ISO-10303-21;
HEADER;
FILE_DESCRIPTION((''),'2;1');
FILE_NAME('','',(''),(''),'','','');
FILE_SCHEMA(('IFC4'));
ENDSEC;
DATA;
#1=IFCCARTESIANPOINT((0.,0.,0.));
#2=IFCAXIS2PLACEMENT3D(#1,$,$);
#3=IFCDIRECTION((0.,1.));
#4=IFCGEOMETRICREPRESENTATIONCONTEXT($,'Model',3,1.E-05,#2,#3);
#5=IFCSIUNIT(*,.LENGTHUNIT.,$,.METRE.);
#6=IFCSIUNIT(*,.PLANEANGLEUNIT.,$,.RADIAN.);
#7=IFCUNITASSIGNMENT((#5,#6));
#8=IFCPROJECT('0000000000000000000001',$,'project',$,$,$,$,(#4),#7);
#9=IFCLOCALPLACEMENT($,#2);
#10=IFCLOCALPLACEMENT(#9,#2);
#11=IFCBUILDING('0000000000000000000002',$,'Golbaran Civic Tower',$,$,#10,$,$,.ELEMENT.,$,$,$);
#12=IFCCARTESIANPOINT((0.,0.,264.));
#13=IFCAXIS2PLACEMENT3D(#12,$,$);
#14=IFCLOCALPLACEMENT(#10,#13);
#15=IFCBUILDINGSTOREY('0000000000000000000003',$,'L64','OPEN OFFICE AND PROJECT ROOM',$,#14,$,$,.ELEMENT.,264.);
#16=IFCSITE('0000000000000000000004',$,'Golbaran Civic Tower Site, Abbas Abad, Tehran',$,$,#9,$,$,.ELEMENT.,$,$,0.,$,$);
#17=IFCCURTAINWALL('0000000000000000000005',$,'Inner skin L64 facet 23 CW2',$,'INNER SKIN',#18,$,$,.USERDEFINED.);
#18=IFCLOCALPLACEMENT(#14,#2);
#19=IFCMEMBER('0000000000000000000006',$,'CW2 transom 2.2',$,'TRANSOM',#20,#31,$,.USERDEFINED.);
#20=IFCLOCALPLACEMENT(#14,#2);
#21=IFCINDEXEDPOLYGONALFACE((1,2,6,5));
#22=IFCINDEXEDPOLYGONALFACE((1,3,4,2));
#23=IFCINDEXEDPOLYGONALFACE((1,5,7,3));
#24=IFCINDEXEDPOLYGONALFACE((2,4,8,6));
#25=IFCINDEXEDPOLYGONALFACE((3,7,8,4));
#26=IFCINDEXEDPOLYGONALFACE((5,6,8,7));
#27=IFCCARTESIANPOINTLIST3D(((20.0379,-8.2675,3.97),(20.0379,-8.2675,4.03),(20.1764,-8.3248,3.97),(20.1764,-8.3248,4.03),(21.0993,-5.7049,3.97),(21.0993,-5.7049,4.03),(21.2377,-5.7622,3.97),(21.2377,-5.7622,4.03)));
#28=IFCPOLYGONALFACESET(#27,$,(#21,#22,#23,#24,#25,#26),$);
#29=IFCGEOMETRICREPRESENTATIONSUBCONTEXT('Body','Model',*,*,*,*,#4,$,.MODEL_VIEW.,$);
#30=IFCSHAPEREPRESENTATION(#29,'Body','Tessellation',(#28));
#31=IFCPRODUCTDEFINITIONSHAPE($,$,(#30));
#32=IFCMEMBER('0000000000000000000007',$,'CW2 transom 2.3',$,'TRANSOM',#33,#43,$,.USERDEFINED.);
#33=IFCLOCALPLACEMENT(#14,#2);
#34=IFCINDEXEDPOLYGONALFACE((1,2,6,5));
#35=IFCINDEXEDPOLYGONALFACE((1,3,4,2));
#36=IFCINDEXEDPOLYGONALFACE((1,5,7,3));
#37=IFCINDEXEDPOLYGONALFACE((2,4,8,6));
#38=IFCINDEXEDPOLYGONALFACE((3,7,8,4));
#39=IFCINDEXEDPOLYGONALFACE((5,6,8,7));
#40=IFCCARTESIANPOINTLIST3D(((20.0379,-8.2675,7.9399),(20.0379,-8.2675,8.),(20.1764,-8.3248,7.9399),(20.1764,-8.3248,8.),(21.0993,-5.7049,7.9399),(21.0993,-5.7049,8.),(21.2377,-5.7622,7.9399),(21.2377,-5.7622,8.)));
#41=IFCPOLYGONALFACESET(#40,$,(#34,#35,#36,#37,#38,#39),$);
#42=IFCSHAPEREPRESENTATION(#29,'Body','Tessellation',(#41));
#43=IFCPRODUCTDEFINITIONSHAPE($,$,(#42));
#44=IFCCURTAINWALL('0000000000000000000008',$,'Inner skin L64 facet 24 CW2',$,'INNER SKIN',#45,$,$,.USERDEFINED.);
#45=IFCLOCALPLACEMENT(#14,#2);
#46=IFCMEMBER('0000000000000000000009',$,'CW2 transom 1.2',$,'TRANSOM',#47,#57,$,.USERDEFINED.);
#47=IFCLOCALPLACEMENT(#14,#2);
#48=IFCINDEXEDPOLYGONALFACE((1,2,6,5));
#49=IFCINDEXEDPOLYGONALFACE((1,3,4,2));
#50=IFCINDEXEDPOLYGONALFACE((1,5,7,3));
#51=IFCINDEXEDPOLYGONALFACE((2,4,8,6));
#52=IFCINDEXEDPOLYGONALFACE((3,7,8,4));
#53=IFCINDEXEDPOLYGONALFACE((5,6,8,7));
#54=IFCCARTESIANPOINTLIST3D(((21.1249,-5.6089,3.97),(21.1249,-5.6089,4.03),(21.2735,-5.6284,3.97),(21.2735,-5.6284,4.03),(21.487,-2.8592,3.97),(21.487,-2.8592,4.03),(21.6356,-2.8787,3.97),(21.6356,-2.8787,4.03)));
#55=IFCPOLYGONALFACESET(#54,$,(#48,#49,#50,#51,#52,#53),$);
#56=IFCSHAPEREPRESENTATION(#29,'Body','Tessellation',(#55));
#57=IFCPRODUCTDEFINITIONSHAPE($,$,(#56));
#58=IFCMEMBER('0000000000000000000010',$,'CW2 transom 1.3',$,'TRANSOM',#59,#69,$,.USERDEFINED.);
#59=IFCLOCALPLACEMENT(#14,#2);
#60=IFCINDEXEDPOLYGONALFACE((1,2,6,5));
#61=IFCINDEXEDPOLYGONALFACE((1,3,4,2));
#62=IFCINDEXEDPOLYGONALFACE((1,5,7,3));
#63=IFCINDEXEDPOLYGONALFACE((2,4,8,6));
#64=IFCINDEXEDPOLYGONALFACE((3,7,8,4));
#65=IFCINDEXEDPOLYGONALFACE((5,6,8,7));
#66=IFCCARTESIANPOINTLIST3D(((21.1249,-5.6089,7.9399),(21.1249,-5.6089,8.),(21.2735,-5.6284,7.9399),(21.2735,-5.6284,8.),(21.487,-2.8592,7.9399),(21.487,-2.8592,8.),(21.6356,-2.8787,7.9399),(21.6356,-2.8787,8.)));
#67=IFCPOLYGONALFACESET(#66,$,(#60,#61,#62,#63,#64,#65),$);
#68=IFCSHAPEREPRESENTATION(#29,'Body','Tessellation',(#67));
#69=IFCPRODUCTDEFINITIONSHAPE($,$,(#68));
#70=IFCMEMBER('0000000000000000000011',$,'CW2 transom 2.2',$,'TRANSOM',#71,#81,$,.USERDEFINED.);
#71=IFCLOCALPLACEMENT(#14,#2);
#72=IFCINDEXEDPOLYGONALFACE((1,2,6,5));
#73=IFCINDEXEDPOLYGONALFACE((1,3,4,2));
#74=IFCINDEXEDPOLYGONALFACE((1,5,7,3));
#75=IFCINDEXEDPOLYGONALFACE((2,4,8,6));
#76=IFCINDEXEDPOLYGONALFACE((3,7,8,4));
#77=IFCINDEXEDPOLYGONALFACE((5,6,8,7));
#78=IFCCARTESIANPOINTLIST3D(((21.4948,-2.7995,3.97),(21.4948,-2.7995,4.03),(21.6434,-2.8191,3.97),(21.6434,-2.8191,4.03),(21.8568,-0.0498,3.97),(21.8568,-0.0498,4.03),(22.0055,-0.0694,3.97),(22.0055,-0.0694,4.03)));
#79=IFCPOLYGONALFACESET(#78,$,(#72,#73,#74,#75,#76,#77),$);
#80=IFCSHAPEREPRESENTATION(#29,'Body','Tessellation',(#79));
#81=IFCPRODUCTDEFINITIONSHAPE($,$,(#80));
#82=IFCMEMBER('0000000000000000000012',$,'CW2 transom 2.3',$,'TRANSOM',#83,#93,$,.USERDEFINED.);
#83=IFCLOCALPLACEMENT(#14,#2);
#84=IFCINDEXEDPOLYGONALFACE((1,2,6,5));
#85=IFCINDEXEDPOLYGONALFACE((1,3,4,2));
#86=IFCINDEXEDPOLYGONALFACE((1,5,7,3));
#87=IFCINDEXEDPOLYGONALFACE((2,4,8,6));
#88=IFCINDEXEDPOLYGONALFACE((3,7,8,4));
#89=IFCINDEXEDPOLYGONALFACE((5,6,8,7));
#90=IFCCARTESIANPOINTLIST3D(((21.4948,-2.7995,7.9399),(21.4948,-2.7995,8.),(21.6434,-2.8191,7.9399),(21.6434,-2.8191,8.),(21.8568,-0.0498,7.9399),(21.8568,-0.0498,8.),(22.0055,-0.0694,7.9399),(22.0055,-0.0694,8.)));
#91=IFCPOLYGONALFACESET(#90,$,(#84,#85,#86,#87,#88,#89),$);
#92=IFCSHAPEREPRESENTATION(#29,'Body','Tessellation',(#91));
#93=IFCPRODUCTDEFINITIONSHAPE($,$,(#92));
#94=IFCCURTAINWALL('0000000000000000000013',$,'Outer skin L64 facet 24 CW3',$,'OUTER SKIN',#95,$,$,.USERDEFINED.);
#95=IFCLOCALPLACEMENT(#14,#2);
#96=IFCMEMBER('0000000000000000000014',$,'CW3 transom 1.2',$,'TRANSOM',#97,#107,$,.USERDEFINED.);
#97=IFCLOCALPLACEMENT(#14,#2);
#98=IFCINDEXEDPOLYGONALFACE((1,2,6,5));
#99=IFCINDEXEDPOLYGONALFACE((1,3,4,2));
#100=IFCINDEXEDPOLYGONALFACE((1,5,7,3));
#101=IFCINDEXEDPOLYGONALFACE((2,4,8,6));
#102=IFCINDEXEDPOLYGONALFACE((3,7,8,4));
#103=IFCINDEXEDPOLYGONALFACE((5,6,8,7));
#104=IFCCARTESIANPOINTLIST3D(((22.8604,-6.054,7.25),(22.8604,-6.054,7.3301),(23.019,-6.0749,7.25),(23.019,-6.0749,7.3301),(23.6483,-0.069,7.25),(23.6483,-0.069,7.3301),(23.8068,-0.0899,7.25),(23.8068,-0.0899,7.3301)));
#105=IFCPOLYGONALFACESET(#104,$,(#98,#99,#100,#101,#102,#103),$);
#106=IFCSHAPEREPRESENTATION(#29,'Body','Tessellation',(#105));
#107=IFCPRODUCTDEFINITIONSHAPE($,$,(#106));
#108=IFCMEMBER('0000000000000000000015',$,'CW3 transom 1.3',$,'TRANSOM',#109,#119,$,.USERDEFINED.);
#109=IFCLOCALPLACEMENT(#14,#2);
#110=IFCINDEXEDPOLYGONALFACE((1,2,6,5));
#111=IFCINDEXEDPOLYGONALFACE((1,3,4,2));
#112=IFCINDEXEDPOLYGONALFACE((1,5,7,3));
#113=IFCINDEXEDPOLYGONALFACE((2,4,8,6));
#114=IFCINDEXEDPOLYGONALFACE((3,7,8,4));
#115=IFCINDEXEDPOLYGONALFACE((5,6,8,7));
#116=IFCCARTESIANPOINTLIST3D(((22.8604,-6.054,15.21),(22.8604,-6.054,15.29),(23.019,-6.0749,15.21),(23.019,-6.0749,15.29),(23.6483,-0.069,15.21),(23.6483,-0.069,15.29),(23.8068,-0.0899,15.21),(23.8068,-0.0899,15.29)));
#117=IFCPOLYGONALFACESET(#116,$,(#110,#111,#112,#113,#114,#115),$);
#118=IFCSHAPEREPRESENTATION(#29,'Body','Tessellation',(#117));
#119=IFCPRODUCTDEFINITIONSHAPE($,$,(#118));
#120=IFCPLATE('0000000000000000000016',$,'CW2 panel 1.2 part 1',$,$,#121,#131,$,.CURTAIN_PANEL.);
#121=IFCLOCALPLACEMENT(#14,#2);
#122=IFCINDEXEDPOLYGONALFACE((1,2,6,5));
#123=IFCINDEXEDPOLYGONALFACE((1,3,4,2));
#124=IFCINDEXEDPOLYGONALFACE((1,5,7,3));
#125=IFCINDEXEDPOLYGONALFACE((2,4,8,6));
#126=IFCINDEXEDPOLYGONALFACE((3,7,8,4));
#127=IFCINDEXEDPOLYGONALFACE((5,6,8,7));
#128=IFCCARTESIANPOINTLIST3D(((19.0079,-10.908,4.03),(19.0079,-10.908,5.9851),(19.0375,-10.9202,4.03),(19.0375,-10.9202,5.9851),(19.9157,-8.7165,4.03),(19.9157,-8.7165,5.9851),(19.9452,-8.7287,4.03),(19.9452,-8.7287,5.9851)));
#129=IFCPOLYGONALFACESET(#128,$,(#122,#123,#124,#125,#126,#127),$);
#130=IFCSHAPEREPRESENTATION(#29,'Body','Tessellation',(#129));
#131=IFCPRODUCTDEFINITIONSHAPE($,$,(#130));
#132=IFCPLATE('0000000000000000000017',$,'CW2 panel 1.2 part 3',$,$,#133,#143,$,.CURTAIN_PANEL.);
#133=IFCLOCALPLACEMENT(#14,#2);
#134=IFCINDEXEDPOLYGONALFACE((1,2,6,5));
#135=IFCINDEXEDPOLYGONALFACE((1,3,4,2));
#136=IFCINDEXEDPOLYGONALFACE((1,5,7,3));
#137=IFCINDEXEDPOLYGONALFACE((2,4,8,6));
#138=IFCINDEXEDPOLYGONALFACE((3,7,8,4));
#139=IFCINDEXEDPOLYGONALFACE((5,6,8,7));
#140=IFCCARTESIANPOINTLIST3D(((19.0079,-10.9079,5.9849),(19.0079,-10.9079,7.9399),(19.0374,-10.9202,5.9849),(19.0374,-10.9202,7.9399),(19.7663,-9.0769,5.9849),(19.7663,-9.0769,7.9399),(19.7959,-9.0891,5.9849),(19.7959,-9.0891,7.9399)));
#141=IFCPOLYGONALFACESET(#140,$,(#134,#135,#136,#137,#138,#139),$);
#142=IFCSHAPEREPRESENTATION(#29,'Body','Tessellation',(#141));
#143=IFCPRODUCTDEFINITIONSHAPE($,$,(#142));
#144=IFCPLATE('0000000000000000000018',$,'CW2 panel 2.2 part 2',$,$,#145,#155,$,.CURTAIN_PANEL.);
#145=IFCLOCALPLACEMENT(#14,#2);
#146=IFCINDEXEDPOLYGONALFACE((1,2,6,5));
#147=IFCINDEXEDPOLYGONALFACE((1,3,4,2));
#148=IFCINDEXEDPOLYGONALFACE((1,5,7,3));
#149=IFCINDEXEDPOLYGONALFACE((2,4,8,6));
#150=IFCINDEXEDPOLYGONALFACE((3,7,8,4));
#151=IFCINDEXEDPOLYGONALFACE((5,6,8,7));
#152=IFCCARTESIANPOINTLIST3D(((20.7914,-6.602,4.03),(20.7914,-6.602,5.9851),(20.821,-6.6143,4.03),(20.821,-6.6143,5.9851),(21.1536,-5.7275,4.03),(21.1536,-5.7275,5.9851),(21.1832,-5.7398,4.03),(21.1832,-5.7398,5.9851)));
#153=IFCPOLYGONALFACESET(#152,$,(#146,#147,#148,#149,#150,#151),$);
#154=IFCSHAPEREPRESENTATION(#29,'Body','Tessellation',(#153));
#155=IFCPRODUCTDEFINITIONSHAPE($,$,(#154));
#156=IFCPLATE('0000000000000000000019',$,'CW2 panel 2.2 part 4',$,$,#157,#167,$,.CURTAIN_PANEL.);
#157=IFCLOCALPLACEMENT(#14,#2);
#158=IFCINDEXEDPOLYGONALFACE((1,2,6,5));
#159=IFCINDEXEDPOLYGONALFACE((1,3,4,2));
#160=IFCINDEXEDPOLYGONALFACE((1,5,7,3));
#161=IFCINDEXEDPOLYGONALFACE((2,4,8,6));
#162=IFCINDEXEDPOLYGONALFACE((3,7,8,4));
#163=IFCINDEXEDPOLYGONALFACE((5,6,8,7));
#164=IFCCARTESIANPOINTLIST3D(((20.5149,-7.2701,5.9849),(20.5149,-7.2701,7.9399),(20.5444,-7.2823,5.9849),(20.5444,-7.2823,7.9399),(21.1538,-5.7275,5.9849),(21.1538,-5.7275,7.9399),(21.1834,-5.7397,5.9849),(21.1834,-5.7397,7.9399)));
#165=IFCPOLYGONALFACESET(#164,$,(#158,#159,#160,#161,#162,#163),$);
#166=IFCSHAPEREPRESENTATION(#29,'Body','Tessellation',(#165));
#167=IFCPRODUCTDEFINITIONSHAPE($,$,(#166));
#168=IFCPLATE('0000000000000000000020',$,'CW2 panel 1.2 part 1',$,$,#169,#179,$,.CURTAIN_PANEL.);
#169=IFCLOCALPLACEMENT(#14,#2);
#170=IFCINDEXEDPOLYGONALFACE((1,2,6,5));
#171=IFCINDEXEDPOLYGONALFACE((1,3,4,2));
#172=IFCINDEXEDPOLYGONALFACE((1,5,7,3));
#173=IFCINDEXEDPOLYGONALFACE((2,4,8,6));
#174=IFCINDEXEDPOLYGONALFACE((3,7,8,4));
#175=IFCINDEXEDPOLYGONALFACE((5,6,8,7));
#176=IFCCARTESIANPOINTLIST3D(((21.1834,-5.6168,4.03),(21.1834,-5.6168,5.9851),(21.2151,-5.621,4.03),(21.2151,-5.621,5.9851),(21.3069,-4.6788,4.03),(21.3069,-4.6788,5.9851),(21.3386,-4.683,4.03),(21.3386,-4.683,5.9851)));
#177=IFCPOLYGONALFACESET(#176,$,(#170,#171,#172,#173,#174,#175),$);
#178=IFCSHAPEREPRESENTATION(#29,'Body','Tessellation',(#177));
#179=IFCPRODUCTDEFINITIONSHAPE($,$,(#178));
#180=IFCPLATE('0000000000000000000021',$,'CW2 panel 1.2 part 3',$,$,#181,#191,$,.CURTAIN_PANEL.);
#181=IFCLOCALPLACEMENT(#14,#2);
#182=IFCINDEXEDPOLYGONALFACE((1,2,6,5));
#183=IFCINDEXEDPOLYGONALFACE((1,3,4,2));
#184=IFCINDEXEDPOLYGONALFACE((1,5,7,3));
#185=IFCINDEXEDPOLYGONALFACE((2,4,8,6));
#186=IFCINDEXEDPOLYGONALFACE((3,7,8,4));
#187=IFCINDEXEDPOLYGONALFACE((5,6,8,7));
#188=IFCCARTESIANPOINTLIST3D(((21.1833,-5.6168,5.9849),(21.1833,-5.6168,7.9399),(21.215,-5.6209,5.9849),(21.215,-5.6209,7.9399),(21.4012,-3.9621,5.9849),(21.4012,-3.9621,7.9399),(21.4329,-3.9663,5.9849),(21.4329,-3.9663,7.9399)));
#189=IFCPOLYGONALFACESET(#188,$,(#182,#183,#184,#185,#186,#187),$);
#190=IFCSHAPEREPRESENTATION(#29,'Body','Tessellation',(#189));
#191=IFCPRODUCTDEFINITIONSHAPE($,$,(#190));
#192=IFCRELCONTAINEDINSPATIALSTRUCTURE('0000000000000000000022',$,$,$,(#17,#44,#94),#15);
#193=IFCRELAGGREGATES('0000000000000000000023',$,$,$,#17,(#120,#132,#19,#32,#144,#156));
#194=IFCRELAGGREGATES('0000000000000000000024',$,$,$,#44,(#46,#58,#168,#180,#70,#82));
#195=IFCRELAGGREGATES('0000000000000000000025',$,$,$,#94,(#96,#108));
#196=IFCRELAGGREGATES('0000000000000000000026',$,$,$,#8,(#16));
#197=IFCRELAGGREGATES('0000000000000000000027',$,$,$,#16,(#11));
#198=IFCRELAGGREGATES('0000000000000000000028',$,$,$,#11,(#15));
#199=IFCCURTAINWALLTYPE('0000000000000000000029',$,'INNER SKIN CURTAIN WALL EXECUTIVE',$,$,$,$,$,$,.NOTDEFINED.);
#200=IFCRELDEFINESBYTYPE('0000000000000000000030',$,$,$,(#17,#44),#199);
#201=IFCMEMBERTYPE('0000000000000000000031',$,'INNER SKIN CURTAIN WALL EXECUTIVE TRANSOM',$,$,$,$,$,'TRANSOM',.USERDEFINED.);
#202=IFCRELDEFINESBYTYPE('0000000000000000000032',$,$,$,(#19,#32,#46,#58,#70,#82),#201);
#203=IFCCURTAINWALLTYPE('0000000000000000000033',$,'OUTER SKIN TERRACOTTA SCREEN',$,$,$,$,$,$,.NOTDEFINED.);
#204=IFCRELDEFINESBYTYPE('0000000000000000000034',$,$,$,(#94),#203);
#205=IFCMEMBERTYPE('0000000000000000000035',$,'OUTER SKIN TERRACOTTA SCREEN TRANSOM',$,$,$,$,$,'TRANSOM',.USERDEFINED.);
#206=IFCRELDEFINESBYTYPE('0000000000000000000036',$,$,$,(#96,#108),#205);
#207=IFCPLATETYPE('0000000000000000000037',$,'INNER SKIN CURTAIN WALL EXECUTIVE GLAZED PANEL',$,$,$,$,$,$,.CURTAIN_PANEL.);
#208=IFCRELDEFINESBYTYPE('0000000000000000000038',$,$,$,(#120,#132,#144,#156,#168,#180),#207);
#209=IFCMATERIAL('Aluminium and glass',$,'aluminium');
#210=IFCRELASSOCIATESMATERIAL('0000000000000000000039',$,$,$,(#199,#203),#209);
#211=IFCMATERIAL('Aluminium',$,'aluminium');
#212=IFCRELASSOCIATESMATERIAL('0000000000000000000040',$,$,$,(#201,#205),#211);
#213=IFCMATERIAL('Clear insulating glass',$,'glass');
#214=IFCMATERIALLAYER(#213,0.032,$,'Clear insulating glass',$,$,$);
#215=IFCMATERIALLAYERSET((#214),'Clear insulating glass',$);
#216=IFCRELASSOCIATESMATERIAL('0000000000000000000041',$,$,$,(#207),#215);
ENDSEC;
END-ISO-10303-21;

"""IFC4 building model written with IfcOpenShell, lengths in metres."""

from ifc_helpers import new_model, si_unit, direction, frame, origin, origin_2d, place, context, subcontext, project, spatial, rectangle, extrude, material, layer, layer_set, material_profile, profile_set, type_object, element, aggregate, save


model = new_model("IFC4")

# Units and contexts
model_context = context("Model", 3, precision=1e-05, world=origin(), true_north=direction((0.0, 1.0)))
body_context = subcontext(model_context, "Body", "Model", "MODEL_VIEW")
ifc_project = project(units=[si_unit("LENGTHUNIT", "METRE"), si_unit("PLANEANGLEUNIT", "RADIAN")], contexts=[model_context])

# Site, building, storey
site_placement = place(None, origin())
site = spatial("IfcSite", under=ifc_project, at=site_placement, Name="Golbaran Civic Tower Site, Abbas Abad, Tehran", CompositionType="ELEMENT", RefElevation=0.0)
building_placement = place(site_placement, origin())
building = spatial("IfcBuilding", under=site, at=building_placement, Name="Golbaran Civic Tower", CompositionType="ELEMENT")
storey_placement = place(building_placement, frame((0.0, 0.0, 264.0)))
storey = spatial("IfcBuildingStorey", under=building, at=storey_placement, Name="L64", Description="OPEN OFFICE AND PROJECT ROOM", CompositionType="ELEMENT", Elevation=264.0)

# Curtain walls, members
ifc_material_1 = material(Name="Aluminium and glass", Category="aluminium")
curtain_wall_type_1 = type_object("IfcCurtainWallType", Name="INNER SKIN CURTAIN WALL EXECUTIVE", PredefinedType="NOTDEFINED", material=ifc_material_1)
curtain_wall_1_placement = place(storey_placement, origin())
curtain_wall_1 = element("IfcCurtainWall", 1, at=curtain_wall_1_placement, inside=storey, type_object=curtain_wall_type_1, Name="Inner skin L64 facet 23 CW2", ObjectType="INNER SKIN", PredefinedType="USERDEFINED")
ifc_material_2 = material(Name="Aluminium", Category="aluminium")
ifc_material_profile_1 = material_profile(ifc_material_2, rectangle(XDim=0.1499, YDim=0.0601, at=origin_2d()), Name="INNER SKIN CURTAIN WALL EXECUTIVE TRANSOM")
ifc_profile_set_1 = profile_set([ifc_material_profile_1], Name="Aluminium")
member_type_1 = type_object("IfcMemberType", Name="INNER SKIN CURTAIN WALL EXECUTIVE TRANSOM", ElementType="TRANSOM", PredefinedType="USERDEFINED", material=ifc_profile_set_1)
member_1_placement = place(storey_placement, frame((20.1072, -8.2961, 4.0), z_axis=(0.382639, 0.923898, 0.0), x_axis=(-0.923898, 0.382639, 0.0)))
member_1 = element("IfcMember", 2, at=member_1_placement, type_object=member_type_1, Name="CW2 transom 2.2", ObjectType="TRANSOM", PredefinedType="USERDEFINED", context=body_context, shape_type="SweptSolid", body=[
    extrude(rectangle(XDim=0.1499, YDim=0.0601, at=origin_2d()), origin(), (0.0, 0.0, 1.0), 2.7737),
])
member_2_placement = place(storey_placement, frame((20.1072, -8.2961, 7.97), z_axis=(0.382639, 0.923898, 0.0), x_axis=(-0.923898, 0.382639, 0.0)))
member_2 = element("IfcMember", 3, at=member_2_placement, type_object=member_type_1, Name="CW2 transom 2.3", ObjectType="TRANSOM", PredefinedType="USERDEFINED", context=body_context, shape_type="SweptSolid", body=[
    extrude(rectangle(XDim=0.1499, YDim=0.0601, at=origin_2d()), origin(), (0.0, 0.0, 1.0), 2.7737),
])
curtain_wall_2_placement = place(storey_placement, origin())
curtain_wall_2 = element("IfcCurtainWall", 4, at=curtain_wall_2_placement, inside=storey, type_object=curtain_wall_type_1, Name="Inner skin L64 facet 24 CW2", ObjectType="INNER SKIN", PredefinedType="USERDEFINED")
member_3_placement = place(storey_placement, frame((21.1992, -5.6187, 4.0), z_axis=(0.130543, 0.991443, 0.0), x_axis=(-0.991443, 0.130543, 0.0)))
member_3 = element("IfcMember", 5, at=member_3_placement, type_object=member_type_1, Name="CW2 transom 1.2", ObjectType="TRANSOM", PredefinedType="USERDEFINED", context=body_context, shape_type="SweptSolid", body=[
    extrude(rectangle(XDim=0.1499, YDim=0.0601, at=origin_2d()), origin(), (0.0, 0.0, 1.0), 2.7734),
])
member_4_placement = place(storey_placement, frame((21.1992, -5.6187, 7.97), z_axis=(0.130543, 0.991443, 0.0), x_axis=(-0.991443, 0.130543, 0.0)))
member_4 = element("IfcMember", 6, at=member_4_placement, type_object=member_type_1, Name="CW2 transom 1.3", ObjectType="TRANSOM", PredefinedType="USERDEFINED", context=body_context, shape_type="SweptSolid", body=[
    extrude(rectangle(XDim=0.1499, YDim=0.0601, at=origin_2d()), origin(), (0.0, 0.0, 1.0), 2.7734),
])
member_5_placement = place(storey_placement, frame((21.5691, -2.8093, 4.0), z_axis=(0.130543, 0.991443, 0.0), x_axis=(-0.991443, 0.130543, 0.0)))
member_5 = element("IfcMember", 7, at=member_5_placement, type_object=member_type_1, Name="CW2 transom 2.2", ObjectType="TRANSOM", PredefinedType="USERDEFINED", context=body_context, shape_type="SweptSolid", body=[
    extrude(rectangle(XDim=0.1499, YDim=0.0601, at=origin_2d()), origin(), (0.0, 0.0, 1.0), 2.7734),
])
member_6_placement = place(storey_placement, frame((21.5691, -2.8093, 7.97), z_axis=(0.130543, 0.991443, 0.0), x_axis=(-0.991443, 0.130543, 0.0)))
member_6 = element("IfcMember", 8, at=member_6_placement, type_object=member_type_1, Name="CW2 transom 2.3", ObjectType="TRANSOM", PredefinedType="USERDEFINED", context=body_context, shape_type="SweptSolid", body=[
    extrude(rectangle(XDim=0.1499, YDim=0.0601, at=origin_2d()), origin(), (0.0, 0.0, 1.0), 2.7734),
])
curtain_wall_type_2 = type_object("IfcCurtainWallType", Name="OUTER SKIN TERRACOTTA SCREEN", PredefinedType="NOTDEFINED", material=ifc_material_1)
curtain_wall_3_placement = place(storey_placement, origin())
curtain_wall_3 = element("IfcCurtainWall", 9, at=curtain_wall_3_placement, inside=storey, type_object=curtain_wall_type_2, Name="Outer skin L64 facet 24 CW3", ObjectType="OUTER SKIN", PredefinedType="USERDEFINED")
ifc_material_profile_2 = material_profile(ifc_material_2, rectangle(XDim=0.1599, YDim=0.0801, at=origin_2d()), Name="OUTER SKIN TERRACOTTA SCREEN TRANSOM")
ifc_profile_set_2 = profile_set([ifc_material_profile_2], Name="Aluminium")
member_type_2 = type_object("IfcMemberType", Name="OUTER SKIN TERRACOTTA SCREEN TRANSOM", ElementType="TRANSOM", PredefinedType="USERDEFINED", material=ifc_profile_set_2)
member_7_placement = place(storey_placement, frame((22.9397, -6.0645, 7.29), z_axis=(0.130508, 0.991447, 0.0), x_axis=(-0.991447, 0.130508, 0.0)))
member_7 = element("IfcMember", 10, at=member_7_placement, type_object=member_type_2, Name="CW3 transom 1.2", ObjectType="TRANSOM", PredefinedType="USERDEFINED", context=body_context, shape_type="SweptSolid", body=[
    extrude(rectangle(XDim=0.1599, YDim=0.0801, at=origin_2d()), origin(), (0.0, 0.0, 1.0), 6.0366),
])
member_8_placement = place(storey_placement, frame((22.9397, -6.0645, 15.25), z_axis=(0.130508, 0.991447, 0.0), x_axis=(-0.991447, 0.130508, 0.0)))
member_8 = element("IfcMember", 11, at=member_8_placement, type_object=member_type_2, Name="CW3 transom 1.3", ObjectType="TRANSOM", PredefinedType="USERDEFINED", context=body_context, shape_type="SweptSolid", body=[
    extrude(rectangle(XDim=0.1599, YDim=0.0801, at=origin_2d()), origin(), (0.0, 0.0, 1.0), 6.0366),
])

# Plates
ifc_material_3 = material(Name="Clear insulating glass", Category="glass")
ifc_layer_1 = layer(ifc_material_3, 0.032, Name="Clear insulating glass")
ifc_layer_set_1 = layer_set([ifc_layer_1], Name="Clear insulating glass")
plate_type_1 = type_object("IfcPlateType", Name="INNER SKIN CURTAIN WALL EXECUTIVE GLAZED PANEL", PredefinedType="CURTAIN_PANEL", material=ifc_layer_set_1)
plate_1_placement = place(storey_placement, frame((19.4766, -9.8184, 4.03), z_axis=(0.0, 0.0, 1.0), x_axis=(0.382683, 0.92388, 0.0)))
plate_1 = element("IfcPlate", 12, at=plate_1_placement, type_object=plate_type_1, Name="CW2 panel 1.2 part 1", PredefinedType="CURTAIN_PANEL", context=body_context, shape_type="SweptSolid", body=[
    extrude(rectangle(XDim=2.3721, YDim=0.032, at=origin_2d()), origin(), (0.0, 0.0, 1.0), 1.9551),
])
plate_2_placement = place(storey_placement, frame((19.4019, -9.9985, 5.9849), z_axis=(0.0, 0.0, 1.0), x_axis=(0.382683, 0.92388, 0.0)))
plate_2 = element("IfcPlate", 13, at=plate_2_placement, type_object=plate_type_1, Name="CW2 panel 1.2 part 3", PredefinedType="CURTAIN_PANEL", context=body_context, shape_type="SweptSolid", body=[
    extrude(rectangle(XDim=1.9819, YDim=0.032, at=origin_2d()), origin(), (0.0, 0.0, 1.0), 1.9551),
])
plate_3_placement = place(storey_placement, frame((20.9873, -6.1709, 4.03), z_axis=(0.0, 0.0, 1.0), x_axis=(0.382683, 0.92388, 0.0)))
plate_3 = element("IfcPlate", 14, at=plate_3_placement, type_object=plate_type_1, Name="CW2 panel 2.2 part 2", PredefinedType="CURTAIN_PANEL", context=body_context, shape_type="SweptSolid", body=[
    extrude(rectangle(XDim=0.9465, YDim=0.032, at=origin_2d()), origin(), (0.0, 0.0, 1.0), 1.9551),
])
plate_4_placement = place(storey_placement, frame((20.8491, -6.5049, 5.9849), z_axis=(0.0, 0.0, 1.0), x_axis=(0.382683, 0.92388, 0.0)))
plate_4 = element("IfcPlate", 15, at=plate_4_placement, type_object=plate_type_1, Name="CW2 panel 2.2 part 4", PredefinedType="CURTAIN_PANEL", context=body_context, shape_type="SweptSolid", body=[
    extrude(rectangle(XDim=1.6697, YDim=0.032, at=origin_2d()), origin(), (0.0, 0.0, 1.0), 1.9551),
])
plate_5_placement = place(storey_placement, frame((21.261, -5.1499, 4.03), z_axis=(0.0, 0.0, 1.0), x_axis=(0.130526, 0.991445, 0.0)))
plate_5 = element("IfcPlate", 16, at=plate_5_placement, type_object=plate_type_1, Name="CW2 panel 1.2 part 1", PredefinedType="CURTAIN_PANEL", context=body_context, shape_type="SweptSolid", body=[
    extrude(rectangle(XDim=0.946, YDim=0.032, at=origin_2d()), origin(), (0.0, 0.0, 1.0), 1.9551),
])
plate_6_placement = place(storey_placement, frame((21.3081, -4.7915, 5.9849), z_axis=(0.0, 0.0, 1.0), x_axis=(0.130526, 0.991445, 0.0)))
plate_6 = element("IfcPlate", 17, at=plate_6_placement, type_object=plate_type_1, Name="CW2 panel 1.2 part 3", PredefinedType="CURTAIN_PANEL", context=body_context, shape_type="SweptSolid", body=[
    extrude(rectangle(XDim=1.6689, YDim=0.032, at=origin_2d()), origin(), (0.0, 0.0, 1.0), 1.9551),
])
aggregate(curtain_wall_1, [plate_1, plate_2, member_1, member_2, plate_3, plate_4])
aggregate(curtain_wall_2, [member_3, member_4, plate_5, plate_6, member_5, member_6])
aggregate(curtain_wall_3, [member_7, member_8])

save(model, "model.ifc")
